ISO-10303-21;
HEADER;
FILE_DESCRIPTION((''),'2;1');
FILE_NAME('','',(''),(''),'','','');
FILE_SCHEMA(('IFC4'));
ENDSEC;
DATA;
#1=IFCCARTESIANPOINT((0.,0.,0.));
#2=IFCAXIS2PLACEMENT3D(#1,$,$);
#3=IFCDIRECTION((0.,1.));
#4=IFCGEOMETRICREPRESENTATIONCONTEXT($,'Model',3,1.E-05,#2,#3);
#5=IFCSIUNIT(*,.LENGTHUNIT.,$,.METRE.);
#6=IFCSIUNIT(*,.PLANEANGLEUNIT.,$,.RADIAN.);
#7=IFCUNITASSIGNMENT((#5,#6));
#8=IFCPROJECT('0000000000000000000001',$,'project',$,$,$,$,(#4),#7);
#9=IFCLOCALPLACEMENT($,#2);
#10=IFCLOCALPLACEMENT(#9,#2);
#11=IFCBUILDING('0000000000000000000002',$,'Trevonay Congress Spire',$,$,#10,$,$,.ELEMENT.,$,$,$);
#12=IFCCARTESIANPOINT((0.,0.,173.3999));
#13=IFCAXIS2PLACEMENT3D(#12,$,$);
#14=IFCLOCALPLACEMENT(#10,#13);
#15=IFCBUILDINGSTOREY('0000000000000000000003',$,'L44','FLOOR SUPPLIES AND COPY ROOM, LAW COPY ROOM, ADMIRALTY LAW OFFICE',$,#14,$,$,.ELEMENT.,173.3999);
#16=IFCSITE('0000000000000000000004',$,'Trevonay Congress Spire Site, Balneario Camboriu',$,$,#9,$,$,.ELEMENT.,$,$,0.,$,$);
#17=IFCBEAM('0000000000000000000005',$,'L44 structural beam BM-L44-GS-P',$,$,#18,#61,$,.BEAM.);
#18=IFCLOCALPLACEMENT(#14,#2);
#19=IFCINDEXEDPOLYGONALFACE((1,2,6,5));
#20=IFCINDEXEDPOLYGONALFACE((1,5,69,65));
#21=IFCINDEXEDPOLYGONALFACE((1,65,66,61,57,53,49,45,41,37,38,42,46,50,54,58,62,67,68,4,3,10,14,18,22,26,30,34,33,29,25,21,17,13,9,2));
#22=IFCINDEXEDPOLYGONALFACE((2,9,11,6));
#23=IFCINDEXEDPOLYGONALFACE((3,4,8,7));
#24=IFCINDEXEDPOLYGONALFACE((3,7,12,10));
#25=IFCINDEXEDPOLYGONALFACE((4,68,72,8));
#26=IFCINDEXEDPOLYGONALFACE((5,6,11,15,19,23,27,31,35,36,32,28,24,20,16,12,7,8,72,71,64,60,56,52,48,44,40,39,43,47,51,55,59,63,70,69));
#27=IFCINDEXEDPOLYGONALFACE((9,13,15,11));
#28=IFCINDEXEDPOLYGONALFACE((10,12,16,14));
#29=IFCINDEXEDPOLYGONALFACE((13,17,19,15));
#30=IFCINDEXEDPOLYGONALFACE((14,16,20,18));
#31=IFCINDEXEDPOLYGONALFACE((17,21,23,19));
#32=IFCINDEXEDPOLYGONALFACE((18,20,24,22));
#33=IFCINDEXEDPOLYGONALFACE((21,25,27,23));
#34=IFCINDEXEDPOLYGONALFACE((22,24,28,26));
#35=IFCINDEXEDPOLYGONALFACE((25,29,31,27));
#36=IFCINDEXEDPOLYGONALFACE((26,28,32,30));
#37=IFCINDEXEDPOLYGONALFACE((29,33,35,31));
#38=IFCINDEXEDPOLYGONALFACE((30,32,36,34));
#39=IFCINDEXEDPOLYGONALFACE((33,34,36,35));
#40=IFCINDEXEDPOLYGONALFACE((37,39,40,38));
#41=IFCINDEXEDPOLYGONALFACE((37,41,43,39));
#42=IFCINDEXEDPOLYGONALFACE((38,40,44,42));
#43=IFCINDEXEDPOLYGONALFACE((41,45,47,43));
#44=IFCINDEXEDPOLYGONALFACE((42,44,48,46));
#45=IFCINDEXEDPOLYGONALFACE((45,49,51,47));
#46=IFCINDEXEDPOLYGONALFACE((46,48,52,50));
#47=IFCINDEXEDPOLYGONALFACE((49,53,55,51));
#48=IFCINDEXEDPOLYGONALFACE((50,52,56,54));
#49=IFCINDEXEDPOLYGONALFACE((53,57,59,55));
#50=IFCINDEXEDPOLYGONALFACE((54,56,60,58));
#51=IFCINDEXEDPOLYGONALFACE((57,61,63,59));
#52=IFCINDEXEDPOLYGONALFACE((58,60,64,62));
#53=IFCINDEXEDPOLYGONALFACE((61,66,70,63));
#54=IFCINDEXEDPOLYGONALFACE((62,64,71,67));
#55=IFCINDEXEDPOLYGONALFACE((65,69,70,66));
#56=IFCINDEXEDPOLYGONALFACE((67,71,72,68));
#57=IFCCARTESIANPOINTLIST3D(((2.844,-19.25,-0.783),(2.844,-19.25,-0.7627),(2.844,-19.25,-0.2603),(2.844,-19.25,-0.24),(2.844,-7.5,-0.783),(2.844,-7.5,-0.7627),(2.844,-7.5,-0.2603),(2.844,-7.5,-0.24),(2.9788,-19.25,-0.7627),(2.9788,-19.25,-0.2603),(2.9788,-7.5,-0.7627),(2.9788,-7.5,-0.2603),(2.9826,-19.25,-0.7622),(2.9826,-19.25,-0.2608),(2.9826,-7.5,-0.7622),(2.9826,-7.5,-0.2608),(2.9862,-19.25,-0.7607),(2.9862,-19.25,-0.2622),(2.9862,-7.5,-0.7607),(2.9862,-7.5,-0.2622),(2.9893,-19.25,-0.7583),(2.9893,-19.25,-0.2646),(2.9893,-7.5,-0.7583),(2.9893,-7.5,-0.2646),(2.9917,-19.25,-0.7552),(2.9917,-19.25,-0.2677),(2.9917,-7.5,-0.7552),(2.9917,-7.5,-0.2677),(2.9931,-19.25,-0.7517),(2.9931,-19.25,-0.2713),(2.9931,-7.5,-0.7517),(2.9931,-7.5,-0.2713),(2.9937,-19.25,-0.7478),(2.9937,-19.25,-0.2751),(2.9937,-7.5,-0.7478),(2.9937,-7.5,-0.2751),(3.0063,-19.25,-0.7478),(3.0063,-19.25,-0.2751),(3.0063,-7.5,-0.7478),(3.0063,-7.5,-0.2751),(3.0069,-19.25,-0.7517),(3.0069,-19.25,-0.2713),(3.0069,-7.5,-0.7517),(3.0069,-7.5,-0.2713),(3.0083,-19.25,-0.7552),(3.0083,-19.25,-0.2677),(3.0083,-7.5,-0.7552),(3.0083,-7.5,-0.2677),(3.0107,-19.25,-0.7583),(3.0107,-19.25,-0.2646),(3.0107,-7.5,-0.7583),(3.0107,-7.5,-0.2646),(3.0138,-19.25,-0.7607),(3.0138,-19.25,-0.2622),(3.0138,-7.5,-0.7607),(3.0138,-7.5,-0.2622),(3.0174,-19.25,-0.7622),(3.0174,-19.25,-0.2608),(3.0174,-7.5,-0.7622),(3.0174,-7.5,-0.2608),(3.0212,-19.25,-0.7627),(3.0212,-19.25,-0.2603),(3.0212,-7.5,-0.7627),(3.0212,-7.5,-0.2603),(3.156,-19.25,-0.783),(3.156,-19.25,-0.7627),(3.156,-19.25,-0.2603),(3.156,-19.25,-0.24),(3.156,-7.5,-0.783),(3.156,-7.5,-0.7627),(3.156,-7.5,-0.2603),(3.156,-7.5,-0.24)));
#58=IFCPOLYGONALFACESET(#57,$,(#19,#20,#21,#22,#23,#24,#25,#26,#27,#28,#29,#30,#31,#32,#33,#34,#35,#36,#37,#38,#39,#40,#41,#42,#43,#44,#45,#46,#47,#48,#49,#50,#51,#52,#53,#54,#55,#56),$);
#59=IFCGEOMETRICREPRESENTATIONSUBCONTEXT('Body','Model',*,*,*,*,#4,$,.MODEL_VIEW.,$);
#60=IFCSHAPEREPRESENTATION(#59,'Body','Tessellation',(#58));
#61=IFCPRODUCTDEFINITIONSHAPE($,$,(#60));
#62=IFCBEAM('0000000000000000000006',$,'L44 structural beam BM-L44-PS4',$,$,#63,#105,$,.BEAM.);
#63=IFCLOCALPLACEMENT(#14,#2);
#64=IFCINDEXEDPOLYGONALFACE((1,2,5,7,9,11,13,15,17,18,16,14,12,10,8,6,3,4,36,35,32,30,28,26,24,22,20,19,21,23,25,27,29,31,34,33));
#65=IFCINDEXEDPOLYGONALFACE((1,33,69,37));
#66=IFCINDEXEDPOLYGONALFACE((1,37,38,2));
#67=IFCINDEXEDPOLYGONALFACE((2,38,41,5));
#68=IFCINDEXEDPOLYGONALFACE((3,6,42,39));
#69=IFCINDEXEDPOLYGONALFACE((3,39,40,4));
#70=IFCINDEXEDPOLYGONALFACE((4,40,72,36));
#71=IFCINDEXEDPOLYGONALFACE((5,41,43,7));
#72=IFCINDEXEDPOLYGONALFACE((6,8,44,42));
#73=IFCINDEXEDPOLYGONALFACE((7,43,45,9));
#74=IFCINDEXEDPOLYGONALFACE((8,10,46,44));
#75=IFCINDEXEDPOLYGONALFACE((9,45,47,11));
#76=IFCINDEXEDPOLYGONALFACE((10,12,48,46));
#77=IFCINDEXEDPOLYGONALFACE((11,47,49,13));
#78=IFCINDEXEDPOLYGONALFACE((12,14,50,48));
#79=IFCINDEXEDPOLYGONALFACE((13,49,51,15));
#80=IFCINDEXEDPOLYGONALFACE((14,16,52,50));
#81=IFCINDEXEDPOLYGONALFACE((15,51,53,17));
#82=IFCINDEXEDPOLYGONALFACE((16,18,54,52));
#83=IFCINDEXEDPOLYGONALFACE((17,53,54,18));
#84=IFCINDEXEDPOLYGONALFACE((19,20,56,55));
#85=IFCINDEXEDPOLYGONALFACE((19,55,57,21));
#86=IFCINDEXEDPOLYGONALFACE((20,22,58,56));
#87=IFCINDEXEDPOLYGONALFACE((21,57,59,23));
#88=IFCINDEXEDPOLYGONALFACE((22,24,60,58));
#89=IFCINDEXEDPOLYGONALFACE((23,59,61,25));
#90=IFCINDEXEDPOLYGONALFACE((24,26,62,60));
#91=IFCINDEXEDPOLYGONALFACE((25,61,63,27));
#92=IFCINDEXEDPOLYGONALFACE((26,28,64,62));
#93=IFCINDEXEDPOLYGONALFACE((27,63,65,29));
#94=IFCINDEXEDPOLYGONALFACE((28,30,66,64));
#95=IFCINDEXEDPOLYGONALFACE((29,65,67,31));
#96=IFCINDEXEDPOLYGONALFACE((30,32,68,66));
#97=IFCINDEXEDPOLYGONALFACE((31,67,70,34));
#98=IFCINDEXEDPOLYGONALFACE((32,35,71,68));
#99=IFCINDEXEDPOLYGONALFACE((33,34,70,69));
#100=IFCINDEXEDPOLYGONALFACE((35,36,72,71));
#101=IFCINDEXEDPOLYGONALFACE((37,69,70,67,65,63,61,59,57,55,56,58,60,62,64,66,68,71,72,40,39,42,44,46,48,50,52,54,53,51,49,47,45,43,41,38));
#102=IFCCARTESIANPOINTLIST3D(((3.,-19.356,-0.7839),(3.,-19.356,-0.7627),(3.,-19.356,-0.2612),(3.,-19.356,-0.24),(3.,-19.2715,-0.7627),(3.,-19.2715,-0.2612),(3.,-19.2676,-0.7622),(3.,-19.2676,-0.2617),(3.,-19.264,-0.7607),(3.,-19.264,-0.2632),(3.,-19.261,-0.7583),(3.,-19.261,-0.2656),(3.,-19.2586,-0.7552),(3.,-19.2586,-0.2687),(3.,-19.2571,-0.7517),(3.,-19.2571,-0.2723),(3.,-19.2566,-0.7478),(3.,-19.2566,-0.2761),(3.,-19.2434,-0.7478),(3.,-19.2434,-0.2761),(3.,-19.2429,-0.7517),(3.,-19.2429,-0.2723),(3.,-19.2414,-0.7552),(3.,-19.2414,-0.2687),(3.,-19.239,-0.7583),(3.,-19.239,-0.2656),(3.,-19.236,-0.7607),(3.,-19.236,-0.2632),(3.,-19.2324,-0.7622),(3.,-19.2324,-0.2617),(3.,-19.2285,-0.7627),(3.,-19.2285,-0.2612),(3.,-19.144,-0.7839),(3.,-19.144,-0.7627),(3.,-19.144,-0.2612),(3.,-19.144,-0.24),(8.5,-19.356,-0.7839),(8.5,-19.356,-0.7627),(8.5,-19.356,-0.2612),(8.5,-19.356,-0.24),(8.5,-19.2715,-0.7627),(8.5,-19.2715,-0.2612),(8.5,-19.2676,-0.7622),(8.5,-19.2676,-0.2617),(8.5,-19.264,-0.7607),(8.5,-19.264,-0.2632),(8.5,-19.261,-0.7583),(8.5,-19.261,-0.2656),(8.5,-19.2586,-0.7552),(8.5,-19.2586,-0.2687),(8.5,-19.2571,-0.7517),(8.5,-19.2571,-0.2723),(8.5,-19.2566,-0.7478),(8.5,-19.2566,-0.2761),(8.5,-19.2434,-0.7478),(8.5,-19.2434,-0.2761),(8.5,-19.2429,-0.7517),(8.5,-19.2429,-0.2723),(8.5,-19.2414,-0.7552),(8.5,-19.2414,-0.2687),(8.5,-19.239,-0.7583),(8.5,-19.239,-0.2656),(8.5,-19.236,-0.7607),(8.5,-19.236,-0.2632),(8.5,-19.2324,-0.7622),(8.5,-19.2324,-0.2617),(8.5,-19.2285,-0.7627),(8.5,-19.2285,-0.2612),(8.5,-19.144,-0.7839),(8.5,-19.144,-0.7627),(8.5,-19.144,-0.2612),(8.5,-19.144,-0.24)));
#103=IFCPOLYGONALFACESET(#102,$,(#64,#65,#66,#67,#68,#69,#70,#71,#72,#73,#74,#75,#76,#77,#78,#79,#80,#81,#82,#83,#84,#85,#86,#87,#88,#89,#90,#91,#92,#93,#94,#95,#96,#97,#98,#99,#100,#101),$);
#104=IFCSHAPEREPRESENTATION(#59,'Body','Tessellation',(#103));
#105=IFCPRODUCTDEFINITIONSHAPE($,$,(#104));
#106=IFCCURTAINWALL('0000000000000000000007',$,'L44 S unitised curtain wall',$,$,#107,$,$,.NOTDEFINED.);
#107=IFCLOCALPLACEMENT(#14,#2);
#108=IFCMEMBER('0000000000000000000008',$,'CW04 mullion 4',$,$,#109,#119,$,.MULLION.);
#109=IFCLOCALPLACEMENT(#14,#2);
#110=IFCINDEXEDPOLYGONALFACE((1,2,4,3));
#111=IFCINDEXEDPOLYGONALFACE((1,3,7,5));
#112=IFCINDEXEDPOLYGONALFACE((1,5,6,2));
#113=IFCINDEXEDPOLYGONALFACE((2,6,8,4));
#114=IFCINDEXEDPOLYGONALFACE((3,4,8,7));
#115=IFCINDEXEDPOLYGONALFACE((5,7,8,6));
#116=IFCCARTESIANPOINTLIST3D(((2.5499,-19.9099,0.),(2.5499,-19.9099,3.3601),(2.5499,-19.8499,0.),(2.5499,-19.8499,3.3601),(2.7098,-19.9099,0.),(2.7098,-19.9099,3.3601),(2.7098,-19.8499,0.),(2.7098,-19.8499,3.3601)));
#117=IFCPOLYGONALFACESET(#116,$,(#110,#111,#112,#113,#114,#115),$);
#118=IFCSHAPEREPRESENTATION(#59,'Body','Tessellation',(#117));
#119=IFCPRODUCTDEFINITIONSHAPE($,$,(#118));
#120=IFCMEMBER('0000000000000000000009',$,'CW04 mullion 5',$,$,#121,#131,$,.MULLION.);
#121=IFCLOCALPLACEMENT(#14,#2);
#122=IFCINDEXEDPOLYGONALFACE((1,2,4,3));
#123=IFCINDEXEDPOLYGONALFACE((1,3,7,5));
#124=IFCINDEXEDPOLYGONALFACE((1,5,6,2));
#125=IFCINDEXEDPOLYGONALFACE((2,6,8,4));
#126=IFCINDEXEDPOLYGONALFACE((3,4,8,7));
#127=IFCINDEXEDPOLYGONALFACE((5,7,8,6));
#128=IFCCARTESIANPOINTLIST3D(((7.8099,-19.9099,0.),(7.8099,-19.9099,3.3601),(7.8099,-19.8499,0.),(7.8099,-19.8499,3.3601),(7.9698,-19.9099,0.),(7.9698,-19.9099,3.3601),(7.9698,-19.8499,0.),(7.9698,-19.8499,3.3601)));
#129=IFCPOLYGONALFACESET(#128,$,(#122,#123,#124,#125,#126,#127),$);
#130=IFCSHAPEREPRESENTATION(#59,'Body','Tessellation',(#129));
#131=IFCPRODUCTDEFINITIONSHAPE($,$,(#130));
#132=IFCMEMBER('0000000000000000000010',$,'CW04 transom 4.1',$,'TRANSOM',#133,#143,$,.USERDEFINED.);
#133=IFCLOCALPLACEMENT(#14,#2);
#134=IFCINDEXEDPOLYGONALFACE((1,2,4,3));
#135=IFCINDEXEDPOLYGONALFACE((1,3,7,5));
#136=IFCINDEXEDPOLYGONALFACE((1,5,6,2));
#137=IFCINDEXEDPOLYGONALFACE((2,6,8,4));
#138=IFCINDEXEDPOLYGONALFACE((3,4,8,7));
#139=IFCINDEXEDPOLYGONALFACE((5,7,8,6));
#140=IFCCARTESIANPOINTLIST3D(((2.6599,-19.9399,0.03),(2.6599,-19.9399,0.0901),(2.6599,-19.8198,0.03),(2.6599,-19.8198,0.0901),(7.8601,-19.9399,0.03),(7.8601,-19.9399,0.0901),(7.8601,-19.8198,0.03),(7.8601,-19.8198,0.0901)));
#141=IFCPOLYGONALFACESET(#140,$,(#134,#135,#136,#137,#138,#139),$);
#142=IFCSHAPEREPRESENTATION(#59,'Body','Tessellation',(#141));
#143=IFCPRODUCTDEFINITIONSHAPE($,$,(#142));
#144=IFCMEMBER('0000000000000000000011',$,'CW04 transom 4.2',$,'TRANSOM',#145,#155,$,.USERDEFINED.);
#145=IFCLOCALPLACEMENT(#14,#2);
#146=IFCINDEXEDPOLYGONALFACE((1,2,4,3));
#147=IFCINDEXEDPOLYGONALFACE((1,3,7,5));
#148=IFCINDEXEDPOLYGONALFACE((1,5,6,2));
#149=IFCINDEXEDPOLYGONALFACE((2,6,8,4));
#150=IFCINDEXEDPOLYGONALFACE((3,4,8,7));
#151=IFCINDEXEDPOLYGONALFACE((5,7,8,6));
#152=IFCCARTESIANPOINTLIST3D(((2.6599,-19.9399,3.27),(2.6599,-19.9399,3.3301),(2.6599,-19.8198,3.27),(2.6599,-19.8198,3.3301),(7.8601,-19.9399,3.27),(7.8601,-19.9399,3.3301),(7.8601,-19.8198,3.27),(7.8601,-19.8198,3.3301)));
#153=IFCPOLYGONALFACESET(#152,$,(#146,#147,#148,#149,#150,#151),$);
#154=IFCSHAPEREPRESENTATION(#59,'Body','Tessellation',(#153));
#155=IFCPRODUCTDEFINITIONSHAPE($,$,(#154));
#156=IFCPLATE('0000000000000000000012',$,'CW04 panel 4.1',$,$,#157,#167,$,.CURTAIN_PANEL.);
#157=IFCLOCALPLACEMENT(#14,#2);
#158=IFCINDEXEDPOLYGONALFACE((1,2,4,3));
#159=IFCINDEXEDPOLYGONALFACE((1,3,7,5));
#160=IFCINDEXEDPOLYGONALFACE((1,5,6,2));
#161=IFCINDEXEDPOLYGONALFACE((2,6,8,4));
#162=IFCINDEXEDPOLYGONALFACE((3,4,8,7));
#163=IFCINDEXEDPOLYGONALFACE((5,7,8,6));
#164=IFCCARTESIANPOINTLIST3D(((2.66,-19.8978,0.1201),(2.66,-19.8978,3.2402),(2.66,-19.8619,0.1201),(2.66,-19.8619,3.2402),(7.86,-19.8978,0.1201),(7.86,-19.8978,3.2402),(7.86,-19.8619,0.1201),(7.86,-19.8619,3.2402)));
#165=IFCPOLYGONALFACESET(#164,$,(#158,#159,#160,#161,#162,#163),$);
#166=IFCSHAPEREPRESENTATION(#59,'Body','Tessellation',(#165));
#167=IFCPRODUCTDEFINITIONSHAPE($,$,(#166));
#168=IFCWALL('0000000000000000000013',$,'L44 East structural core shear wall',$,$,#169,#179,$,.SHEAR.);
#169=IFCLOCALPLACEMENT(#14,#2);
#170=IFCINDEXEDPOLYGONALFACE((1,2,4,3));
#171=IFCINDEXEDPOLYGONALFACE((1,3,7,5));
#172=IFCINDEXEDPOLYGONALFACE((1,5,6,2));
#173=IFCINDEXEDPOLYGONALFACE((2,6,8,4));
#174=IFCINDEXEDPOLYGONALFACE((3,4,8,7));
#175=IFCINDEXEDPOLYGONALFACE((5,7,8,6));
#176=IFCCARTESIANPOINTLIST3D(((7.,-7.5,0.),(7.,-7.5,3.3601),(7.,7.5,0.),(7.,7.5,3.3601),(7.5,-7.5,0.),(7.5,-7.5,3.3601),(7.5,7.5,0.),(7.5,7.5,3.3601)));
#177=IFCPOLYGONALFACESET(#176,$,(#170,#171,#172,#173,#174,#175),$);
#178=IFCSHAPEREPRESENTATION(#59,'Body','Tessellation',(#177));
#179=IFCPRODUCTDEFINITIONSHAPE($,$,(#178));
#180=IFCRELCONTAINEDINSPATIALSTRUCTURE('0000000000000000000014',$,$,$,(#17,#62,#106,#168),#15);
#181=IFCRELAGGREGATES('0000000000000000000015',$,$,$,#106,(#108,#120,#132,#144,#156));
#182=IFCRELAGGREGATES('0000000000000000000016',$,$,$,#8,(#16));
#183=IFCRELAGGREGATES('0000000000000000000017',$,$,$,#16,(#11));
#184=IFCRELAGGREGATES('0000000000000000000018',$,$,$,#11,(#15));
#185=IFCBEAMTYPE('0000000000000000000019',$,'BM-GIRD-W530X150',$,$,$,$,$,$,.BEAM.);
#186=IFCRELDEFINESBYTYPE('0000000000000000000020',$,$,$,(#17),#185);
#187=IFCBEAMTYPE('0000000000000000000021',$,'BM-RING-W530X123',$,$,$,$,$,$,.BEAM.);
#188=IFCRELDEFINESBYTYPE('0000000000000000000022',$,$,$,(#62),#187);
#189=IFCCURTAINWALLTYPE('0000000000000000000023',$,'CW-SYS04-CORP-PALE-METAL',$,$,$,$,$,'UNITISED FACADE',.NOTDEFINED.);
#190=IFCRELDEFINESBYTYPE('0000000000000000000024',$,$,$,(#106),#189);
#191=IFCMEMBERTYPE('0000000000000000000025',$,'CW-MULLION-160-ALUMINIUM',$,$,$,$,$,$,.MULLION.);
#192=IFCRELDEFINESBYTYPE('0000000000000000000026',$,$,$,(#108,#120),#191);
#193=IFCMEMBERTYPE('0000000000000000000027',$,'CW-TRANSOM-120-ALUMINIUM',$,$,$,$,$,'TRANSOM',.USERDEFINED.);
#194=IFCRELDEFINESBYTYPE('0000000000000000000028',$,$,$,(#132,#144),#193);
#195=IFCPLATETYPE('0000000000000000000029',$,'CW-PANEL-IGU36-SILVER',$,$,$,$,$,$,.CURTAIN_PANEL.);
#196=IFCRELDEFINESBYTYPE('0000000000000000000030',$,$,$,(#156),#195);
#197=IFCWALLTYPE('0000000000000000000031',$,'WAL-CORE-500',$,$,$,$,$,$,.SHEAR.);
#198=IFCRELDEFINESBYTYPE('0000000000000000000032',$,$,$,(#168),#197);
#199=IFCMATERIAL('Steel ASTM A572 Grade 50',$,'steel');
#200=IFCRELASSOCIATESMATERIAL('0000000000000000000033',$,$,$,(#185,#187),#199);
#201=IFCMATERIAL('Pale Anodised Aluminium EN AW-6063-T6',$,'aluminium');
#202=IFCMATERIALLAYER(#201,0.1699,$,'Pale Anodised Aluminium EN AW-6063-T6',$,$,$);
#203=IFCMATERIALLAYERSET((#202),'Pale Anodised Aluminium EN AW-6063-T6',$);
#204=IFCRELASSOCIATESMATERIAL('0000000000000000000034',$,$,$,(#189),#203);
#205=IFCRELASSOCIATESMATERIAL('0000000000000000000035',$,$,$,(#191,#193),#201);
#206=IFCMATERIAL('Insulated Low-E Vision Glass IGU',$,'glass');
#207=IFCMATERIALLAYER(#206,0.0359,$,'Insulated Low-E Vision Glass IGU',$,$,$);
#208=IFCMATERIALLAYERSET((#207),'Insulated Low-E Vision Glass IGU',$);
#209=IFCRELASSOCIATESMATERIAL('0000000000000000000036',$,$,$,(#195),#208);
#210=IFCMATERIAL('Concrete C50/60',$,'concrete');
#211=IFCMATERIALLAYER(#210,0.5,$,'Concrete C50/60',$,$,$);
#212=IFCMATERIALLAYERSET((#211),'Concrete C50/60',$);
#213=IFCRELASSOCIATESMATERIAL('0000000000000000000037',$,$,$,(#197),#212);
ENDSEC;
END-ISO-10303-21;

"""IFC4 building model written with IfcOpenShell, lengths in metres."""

from ifc_helpers import new_model, si_unit, direction, frame, frame_2d, origin, origin_2d, place, context, subcontext, project, spatial, rectangle, i_section, extrude, material, layer, layer_set, material_profile, profile_set, type_object, element, aggregate, save


model = new_model("IFC4")

# Units and contexts
model_context = context("Model", 3, precision=1e-05, world=origin(), true_north=direction((0.0, 1.0)))
body_context = subcontext(model_context, "Body", "Model", "MODEL_VIEW")
ifc_project = project(units=[si_unit("LENGTHUNIT", "METRE"), si_unit("PLANEANGLEUNIT", "RADIAN")], contexts=[model_context])

# Site, building, storey
site_placement = place(None, origin())
site = spatial("IfcSite", under=ifc_project, at=site_placement, Name="Trevonay Congress Spire Site, Balneario Camboriu", CompositionType="ELEMENT", RefElevation=0.0)
building_placement = place(site_placement, origin())
building = spatial("IfcBuilding", under=site, at=building_placement, Name="Trevonay Congress Spire", CompositionType="ELEMENT")
storey_placement = place(building_placement, frame((0.0, 0.0, 173.3999)))
storey = spatial("IfcBuildingStorey", under=building, at=storey_placement, Name="L44", Description="FLOOR SUPPLIES AND COPY ROOM, LAW COPY ROOM, ADMIRALTY LAW OFFICE", CompositionType="ELEMENT", Elevation=173.3999)

# Shared definitions
ifc_material_1 = material(Name="Steel ASTM A572 Grade 50", Category="steel")

# Beams
ifc_material_profile_1 = material_profile(ifc_material_1, i_section(OverallWidth=0.312, OverallDepth=0.543, WebThickness=0.0127, FlangeThickness=0.0203, FilletRadius=0.0149, at=origin_2d()), Name="W530x150")
ifc_profile_set_1 = profile_set([ifc_material_profile_1], Name="Steel ASTM A572 Grade 50")
beam_type_1 = type_object("IfcBeamType", Name="BM-GIRD-W530X150", PredefinedType="BEAM", material=ifc_profile_set_1)
beam_1_placement = place(storey_placement, frame((3.0, -7.5, -0.5115), z_axis=(0.0, -1.0, 0.0), x_axis=(1.0, 0.0, 0.0)))
element("IfcBeam", 1, at=beam_1_placement, inside=storey, type_object=beam_type_1, Name="L44 structural beam BM-L44-GS-P", PredefinedType="BEAM", context=body_context, shape_type="SweptSolid", body=[
    extrude(i_section(OverallWidth=0.312, OverallDepth=0.543, WebThickness=0.0127, FlangeThickness=0.0203, FilletRadius=0.0149, at=origin_2d()), origin(), (0.0, 0.0, 1.0), 11.75),
])
ifc_material_profile_2 = material_profile(ifc_material_1, i_section(OverallWidth=0.2119, OverallDepth=0.5439, WebThickness=0.0132, FlangeThickness=0.0212, FilletRadius=0.0149, at=origin_2d()), Name="W530x123")
ifc_profile_set_2 = profile_set([ifc_material_profile_2], Name="Steel ASTM A572 Grade 50")
beam_type_2 = type_object("IfcBeamType", Name="BM-RING-W530X123", PredefinedType="BEAM", material=ifc_profile_set_2)
beam_2_placement = place(storey_placement, frame((3.0, -19.25, -0.512), z_axis=(1.0, 0.0, 0.0), x_axis=(0.0, 1.0, 0.0)))
element("IfcBeam", 2, at=beam_2_placement, inside=storey, type_object=beam_type_2, Name="L44 structural beam BM-L44-PS4", PredefinedType="BEAM", context=body_context, shape_type="SweptSolid", body=[
    extrude(i_section(OverallWidth=0.2119, OverallDepth=0.5439, WebThickness=0.0132, FlangeThickness=0.0212, FilletRadius=0.0149, at=origin_2d()), origin(), (0.0, 0.0, 1.0), 5.5),
])

# Curtain wall, members, plate
ifc_material_2 = material(Name="Pale Anodised Aluminium EN AW-6063-T6", Category="aluminium")
ifc_layer_1 = layer(ifc_material_2, 0.1699, Name="Pale Anodised Aluminium EN AW-6063-T6")
ifc_layer_set_1 = layer_set([ifc_layer_1], Name="Pale Anodised Aluminium EN AW-6063-T6")
curtain_wall_type = type_object("IfcCurtainWallType", Name="CW-SYS04-CORP-PALE-METAL", ElementType="UNITISED FACADE", PredefinedType="NOTDEFINED", material=ifc_layer_set_1)
curtain_wall_placement = place(storey_placement, origin())
curtain_wall = element("IfcCurtainWall", 3, at=curtain_wall_placement, inside=storey, type_object=curtain_wall_type, Name="L44 S unitised curtain wall", PredefinedType="NOTDEFINED")
ifc_material_profile_3 = material_profile(ifc_material_2, rectangle(XDim=0.0601, YDim=0.1599, at=origin_2d()), Name="CW-MULLION-160-ALUMINIUM")
ifc_profile_set_3 = profile_set([ifc_material_profile_3], Name="Pale Anodised Aluminium EN AW-6063-T6")
member_type_1 = type_object("IfcMemberType", Name="CW-MULLION-160-ALUMINIUM", PredefinedType="MULLION", material=ifc_profile_set_3)
member_1_placement = place(storey_placement, frame((2.6299, -19.8799, 0.0), z_axis=(0.0, 0.0, 1.0), x_axis=(0.0, 1.0, 0.0)))
member_1 = element("IfcMember", 4, at=member_1_placement, type_object=member_type_1, Name="CW04 mullion 4", PredefinedType="MULLION", context=body_context, shape_type="SweptSolid", body=[
    extrude(rectangle(XDim=0.0601, YDim=0.1599, at=origin_2d()), origin(), (0.0, 0.0, 1.0), 3.3601),
])
member_2_placement = place(storey_placement, frame((7.8899, -19.8799, 0.0), z_axis=(0.0, 0.0, 1.0), x_axis=(0.0, 1.0, 0.0)))
member_2 = element("IfcMember", 5, at=member_2_placement, type_object=member_type_1, Name="CW04 mullion 5", PredefinedType="MULLION", context=body_context, shape_type="SweptSolid", body=[
    extrude(rectangle(XDim=0.0601, YDim=0.1599, at=origin_2d()), origin(), (0.0, 0.0, 1.0), 3.3601),
])
ifc_material_profile_4 = material_profile(ifc_material_2, rectangle(XDim=0.1201, YDim=0.0601, at=origin_2d()), Name="CW-TRANSOM-120-ALUMINIUM")
ifc_profile_set_4 = profile_set([ifc_material_profile_4], Name="Pale Anodised Aluminium EN AW-6063-T6")
member_type_2 = type_object("IfcMemberType", Name="CW-TRANSOM-120-ALUMINIUM", ElementType="TRANSOM", PredefinedType="USERDEFINED", material=ifc_profile_set_4)
member_3_placement = place(storey_placement, frame((2.6599, -19.8799, 0.0601), z_axis=(1.0, 0.0, 0.0), x_axis=(0.0, 1.0, 0.0)))
member_3 = element("IfcMember", 6, at=member_3_placement, type_object=member_type_2, Name="CW04 transom 4.1", ObjectType="TRANSOM", PredefinedType="USERDEFINED", context=body_context, shape_type="SweptSolid", body=[
    extrude(rectangle(XDim=0.1201, YDim=0.0601, at=origin_2d()), origin(), (0.0, 0.0, 1.0), 5.2002),
])
member_4_placement = place(storey_placement, frame((2.6599, -19.8799, 3.3), z_axis=(1.0, 0.0, 0.0), x_axis=(0.0, 1.0, 0.0)))
member_4 = element("IfcMember", 7, at=member_4_placement, type_object=member_type_2, Name="CW04 transom 4.2", ObjectType="TRANSOM", PredefinedType="USERDEFINED", context=body_context, shape_type="SweptSolid", body=[
    extrude(rectangle(XDim=0.1201, YDim=0.0601, at=origin_2d()), origin(), (0.0, 0.0, 1.0), 5.2002),
])
ifc_material_3 = material(Name="Insulated Low-E Vision Glass IGU", Category="glass")
ifc_layer_2 = layer(ifc_material_3, 0.0359, Name="Insulated Low-E Vision Glass IGU")
ifc_layer_set_2 = layer_set([ifc_layer_2], Name="Insulated Low-E Vision Glass IGU")
plate_type = type_object("IfcPlateType", Name="CW-PANEL-IGU36-SILVER", PredefinedType="CURTAIN_PANEL", material=ifc_layer_set_2)
plate_placement = place(storey_placement, frame((5.26, -19.8799, 0.1201), z_axis=(0.0, 0.0, 1.0), x_axis=(1.0, 0.0, 0.0)))
plate = element("IfcPlate", 8, at=plate_placement, type_object=plate_type, Name="CW04 panel 4.1", PredefinedType="CURTAIN_PANEL", context=body_context, shape_type="SweptSolid", body=[
    extrude(rectangle(XDim=5.2, YDim=0.0359, at=origin_2d()), origin(), (0.0, 0.0, 1.0), 3.1201),
])
aggregate(curtain_wall, [member_1, member_2, member_3, member_4, plate])

# Wall
ifc_material_4 = material(Name="Concrete C50/60", Category="concrete")
ifc_layer_3 = layer(ifc_material_4, 0.5, Name="Concrete C50/60")
ifc_layer_set_3 = layer_set([ifc_layer_3], Name="Concrete C50/60")
wall_type_1 = type_object("IfcWallType", Name="WAL-CORE-500", PredefinedType="SHEAR", material=ifc_layer_set_3)
wall_1_placement = place(storey_placement, frame((7.25, -7.5, 0.0), z_axis=(0.0, 0.0, 1.0), x_axis=(0.0, 1.0, 0.0)))
element("IfcWall", 9, at=wall_1_placement, inside=storey, type_object=wall_type_1, Name="L44 East structural core shear wall", PredefinedType="SHEAR", context=body_context, shape_type="SweptSolid", body=[
    extrude(rectangle(XDim=15.0, YDim=0.5, at=frame_2d((7.5, 0.0))), origin(), (0.0, 0.0, 1.0), 3.3601),
])

save(model, "model.ifc")
